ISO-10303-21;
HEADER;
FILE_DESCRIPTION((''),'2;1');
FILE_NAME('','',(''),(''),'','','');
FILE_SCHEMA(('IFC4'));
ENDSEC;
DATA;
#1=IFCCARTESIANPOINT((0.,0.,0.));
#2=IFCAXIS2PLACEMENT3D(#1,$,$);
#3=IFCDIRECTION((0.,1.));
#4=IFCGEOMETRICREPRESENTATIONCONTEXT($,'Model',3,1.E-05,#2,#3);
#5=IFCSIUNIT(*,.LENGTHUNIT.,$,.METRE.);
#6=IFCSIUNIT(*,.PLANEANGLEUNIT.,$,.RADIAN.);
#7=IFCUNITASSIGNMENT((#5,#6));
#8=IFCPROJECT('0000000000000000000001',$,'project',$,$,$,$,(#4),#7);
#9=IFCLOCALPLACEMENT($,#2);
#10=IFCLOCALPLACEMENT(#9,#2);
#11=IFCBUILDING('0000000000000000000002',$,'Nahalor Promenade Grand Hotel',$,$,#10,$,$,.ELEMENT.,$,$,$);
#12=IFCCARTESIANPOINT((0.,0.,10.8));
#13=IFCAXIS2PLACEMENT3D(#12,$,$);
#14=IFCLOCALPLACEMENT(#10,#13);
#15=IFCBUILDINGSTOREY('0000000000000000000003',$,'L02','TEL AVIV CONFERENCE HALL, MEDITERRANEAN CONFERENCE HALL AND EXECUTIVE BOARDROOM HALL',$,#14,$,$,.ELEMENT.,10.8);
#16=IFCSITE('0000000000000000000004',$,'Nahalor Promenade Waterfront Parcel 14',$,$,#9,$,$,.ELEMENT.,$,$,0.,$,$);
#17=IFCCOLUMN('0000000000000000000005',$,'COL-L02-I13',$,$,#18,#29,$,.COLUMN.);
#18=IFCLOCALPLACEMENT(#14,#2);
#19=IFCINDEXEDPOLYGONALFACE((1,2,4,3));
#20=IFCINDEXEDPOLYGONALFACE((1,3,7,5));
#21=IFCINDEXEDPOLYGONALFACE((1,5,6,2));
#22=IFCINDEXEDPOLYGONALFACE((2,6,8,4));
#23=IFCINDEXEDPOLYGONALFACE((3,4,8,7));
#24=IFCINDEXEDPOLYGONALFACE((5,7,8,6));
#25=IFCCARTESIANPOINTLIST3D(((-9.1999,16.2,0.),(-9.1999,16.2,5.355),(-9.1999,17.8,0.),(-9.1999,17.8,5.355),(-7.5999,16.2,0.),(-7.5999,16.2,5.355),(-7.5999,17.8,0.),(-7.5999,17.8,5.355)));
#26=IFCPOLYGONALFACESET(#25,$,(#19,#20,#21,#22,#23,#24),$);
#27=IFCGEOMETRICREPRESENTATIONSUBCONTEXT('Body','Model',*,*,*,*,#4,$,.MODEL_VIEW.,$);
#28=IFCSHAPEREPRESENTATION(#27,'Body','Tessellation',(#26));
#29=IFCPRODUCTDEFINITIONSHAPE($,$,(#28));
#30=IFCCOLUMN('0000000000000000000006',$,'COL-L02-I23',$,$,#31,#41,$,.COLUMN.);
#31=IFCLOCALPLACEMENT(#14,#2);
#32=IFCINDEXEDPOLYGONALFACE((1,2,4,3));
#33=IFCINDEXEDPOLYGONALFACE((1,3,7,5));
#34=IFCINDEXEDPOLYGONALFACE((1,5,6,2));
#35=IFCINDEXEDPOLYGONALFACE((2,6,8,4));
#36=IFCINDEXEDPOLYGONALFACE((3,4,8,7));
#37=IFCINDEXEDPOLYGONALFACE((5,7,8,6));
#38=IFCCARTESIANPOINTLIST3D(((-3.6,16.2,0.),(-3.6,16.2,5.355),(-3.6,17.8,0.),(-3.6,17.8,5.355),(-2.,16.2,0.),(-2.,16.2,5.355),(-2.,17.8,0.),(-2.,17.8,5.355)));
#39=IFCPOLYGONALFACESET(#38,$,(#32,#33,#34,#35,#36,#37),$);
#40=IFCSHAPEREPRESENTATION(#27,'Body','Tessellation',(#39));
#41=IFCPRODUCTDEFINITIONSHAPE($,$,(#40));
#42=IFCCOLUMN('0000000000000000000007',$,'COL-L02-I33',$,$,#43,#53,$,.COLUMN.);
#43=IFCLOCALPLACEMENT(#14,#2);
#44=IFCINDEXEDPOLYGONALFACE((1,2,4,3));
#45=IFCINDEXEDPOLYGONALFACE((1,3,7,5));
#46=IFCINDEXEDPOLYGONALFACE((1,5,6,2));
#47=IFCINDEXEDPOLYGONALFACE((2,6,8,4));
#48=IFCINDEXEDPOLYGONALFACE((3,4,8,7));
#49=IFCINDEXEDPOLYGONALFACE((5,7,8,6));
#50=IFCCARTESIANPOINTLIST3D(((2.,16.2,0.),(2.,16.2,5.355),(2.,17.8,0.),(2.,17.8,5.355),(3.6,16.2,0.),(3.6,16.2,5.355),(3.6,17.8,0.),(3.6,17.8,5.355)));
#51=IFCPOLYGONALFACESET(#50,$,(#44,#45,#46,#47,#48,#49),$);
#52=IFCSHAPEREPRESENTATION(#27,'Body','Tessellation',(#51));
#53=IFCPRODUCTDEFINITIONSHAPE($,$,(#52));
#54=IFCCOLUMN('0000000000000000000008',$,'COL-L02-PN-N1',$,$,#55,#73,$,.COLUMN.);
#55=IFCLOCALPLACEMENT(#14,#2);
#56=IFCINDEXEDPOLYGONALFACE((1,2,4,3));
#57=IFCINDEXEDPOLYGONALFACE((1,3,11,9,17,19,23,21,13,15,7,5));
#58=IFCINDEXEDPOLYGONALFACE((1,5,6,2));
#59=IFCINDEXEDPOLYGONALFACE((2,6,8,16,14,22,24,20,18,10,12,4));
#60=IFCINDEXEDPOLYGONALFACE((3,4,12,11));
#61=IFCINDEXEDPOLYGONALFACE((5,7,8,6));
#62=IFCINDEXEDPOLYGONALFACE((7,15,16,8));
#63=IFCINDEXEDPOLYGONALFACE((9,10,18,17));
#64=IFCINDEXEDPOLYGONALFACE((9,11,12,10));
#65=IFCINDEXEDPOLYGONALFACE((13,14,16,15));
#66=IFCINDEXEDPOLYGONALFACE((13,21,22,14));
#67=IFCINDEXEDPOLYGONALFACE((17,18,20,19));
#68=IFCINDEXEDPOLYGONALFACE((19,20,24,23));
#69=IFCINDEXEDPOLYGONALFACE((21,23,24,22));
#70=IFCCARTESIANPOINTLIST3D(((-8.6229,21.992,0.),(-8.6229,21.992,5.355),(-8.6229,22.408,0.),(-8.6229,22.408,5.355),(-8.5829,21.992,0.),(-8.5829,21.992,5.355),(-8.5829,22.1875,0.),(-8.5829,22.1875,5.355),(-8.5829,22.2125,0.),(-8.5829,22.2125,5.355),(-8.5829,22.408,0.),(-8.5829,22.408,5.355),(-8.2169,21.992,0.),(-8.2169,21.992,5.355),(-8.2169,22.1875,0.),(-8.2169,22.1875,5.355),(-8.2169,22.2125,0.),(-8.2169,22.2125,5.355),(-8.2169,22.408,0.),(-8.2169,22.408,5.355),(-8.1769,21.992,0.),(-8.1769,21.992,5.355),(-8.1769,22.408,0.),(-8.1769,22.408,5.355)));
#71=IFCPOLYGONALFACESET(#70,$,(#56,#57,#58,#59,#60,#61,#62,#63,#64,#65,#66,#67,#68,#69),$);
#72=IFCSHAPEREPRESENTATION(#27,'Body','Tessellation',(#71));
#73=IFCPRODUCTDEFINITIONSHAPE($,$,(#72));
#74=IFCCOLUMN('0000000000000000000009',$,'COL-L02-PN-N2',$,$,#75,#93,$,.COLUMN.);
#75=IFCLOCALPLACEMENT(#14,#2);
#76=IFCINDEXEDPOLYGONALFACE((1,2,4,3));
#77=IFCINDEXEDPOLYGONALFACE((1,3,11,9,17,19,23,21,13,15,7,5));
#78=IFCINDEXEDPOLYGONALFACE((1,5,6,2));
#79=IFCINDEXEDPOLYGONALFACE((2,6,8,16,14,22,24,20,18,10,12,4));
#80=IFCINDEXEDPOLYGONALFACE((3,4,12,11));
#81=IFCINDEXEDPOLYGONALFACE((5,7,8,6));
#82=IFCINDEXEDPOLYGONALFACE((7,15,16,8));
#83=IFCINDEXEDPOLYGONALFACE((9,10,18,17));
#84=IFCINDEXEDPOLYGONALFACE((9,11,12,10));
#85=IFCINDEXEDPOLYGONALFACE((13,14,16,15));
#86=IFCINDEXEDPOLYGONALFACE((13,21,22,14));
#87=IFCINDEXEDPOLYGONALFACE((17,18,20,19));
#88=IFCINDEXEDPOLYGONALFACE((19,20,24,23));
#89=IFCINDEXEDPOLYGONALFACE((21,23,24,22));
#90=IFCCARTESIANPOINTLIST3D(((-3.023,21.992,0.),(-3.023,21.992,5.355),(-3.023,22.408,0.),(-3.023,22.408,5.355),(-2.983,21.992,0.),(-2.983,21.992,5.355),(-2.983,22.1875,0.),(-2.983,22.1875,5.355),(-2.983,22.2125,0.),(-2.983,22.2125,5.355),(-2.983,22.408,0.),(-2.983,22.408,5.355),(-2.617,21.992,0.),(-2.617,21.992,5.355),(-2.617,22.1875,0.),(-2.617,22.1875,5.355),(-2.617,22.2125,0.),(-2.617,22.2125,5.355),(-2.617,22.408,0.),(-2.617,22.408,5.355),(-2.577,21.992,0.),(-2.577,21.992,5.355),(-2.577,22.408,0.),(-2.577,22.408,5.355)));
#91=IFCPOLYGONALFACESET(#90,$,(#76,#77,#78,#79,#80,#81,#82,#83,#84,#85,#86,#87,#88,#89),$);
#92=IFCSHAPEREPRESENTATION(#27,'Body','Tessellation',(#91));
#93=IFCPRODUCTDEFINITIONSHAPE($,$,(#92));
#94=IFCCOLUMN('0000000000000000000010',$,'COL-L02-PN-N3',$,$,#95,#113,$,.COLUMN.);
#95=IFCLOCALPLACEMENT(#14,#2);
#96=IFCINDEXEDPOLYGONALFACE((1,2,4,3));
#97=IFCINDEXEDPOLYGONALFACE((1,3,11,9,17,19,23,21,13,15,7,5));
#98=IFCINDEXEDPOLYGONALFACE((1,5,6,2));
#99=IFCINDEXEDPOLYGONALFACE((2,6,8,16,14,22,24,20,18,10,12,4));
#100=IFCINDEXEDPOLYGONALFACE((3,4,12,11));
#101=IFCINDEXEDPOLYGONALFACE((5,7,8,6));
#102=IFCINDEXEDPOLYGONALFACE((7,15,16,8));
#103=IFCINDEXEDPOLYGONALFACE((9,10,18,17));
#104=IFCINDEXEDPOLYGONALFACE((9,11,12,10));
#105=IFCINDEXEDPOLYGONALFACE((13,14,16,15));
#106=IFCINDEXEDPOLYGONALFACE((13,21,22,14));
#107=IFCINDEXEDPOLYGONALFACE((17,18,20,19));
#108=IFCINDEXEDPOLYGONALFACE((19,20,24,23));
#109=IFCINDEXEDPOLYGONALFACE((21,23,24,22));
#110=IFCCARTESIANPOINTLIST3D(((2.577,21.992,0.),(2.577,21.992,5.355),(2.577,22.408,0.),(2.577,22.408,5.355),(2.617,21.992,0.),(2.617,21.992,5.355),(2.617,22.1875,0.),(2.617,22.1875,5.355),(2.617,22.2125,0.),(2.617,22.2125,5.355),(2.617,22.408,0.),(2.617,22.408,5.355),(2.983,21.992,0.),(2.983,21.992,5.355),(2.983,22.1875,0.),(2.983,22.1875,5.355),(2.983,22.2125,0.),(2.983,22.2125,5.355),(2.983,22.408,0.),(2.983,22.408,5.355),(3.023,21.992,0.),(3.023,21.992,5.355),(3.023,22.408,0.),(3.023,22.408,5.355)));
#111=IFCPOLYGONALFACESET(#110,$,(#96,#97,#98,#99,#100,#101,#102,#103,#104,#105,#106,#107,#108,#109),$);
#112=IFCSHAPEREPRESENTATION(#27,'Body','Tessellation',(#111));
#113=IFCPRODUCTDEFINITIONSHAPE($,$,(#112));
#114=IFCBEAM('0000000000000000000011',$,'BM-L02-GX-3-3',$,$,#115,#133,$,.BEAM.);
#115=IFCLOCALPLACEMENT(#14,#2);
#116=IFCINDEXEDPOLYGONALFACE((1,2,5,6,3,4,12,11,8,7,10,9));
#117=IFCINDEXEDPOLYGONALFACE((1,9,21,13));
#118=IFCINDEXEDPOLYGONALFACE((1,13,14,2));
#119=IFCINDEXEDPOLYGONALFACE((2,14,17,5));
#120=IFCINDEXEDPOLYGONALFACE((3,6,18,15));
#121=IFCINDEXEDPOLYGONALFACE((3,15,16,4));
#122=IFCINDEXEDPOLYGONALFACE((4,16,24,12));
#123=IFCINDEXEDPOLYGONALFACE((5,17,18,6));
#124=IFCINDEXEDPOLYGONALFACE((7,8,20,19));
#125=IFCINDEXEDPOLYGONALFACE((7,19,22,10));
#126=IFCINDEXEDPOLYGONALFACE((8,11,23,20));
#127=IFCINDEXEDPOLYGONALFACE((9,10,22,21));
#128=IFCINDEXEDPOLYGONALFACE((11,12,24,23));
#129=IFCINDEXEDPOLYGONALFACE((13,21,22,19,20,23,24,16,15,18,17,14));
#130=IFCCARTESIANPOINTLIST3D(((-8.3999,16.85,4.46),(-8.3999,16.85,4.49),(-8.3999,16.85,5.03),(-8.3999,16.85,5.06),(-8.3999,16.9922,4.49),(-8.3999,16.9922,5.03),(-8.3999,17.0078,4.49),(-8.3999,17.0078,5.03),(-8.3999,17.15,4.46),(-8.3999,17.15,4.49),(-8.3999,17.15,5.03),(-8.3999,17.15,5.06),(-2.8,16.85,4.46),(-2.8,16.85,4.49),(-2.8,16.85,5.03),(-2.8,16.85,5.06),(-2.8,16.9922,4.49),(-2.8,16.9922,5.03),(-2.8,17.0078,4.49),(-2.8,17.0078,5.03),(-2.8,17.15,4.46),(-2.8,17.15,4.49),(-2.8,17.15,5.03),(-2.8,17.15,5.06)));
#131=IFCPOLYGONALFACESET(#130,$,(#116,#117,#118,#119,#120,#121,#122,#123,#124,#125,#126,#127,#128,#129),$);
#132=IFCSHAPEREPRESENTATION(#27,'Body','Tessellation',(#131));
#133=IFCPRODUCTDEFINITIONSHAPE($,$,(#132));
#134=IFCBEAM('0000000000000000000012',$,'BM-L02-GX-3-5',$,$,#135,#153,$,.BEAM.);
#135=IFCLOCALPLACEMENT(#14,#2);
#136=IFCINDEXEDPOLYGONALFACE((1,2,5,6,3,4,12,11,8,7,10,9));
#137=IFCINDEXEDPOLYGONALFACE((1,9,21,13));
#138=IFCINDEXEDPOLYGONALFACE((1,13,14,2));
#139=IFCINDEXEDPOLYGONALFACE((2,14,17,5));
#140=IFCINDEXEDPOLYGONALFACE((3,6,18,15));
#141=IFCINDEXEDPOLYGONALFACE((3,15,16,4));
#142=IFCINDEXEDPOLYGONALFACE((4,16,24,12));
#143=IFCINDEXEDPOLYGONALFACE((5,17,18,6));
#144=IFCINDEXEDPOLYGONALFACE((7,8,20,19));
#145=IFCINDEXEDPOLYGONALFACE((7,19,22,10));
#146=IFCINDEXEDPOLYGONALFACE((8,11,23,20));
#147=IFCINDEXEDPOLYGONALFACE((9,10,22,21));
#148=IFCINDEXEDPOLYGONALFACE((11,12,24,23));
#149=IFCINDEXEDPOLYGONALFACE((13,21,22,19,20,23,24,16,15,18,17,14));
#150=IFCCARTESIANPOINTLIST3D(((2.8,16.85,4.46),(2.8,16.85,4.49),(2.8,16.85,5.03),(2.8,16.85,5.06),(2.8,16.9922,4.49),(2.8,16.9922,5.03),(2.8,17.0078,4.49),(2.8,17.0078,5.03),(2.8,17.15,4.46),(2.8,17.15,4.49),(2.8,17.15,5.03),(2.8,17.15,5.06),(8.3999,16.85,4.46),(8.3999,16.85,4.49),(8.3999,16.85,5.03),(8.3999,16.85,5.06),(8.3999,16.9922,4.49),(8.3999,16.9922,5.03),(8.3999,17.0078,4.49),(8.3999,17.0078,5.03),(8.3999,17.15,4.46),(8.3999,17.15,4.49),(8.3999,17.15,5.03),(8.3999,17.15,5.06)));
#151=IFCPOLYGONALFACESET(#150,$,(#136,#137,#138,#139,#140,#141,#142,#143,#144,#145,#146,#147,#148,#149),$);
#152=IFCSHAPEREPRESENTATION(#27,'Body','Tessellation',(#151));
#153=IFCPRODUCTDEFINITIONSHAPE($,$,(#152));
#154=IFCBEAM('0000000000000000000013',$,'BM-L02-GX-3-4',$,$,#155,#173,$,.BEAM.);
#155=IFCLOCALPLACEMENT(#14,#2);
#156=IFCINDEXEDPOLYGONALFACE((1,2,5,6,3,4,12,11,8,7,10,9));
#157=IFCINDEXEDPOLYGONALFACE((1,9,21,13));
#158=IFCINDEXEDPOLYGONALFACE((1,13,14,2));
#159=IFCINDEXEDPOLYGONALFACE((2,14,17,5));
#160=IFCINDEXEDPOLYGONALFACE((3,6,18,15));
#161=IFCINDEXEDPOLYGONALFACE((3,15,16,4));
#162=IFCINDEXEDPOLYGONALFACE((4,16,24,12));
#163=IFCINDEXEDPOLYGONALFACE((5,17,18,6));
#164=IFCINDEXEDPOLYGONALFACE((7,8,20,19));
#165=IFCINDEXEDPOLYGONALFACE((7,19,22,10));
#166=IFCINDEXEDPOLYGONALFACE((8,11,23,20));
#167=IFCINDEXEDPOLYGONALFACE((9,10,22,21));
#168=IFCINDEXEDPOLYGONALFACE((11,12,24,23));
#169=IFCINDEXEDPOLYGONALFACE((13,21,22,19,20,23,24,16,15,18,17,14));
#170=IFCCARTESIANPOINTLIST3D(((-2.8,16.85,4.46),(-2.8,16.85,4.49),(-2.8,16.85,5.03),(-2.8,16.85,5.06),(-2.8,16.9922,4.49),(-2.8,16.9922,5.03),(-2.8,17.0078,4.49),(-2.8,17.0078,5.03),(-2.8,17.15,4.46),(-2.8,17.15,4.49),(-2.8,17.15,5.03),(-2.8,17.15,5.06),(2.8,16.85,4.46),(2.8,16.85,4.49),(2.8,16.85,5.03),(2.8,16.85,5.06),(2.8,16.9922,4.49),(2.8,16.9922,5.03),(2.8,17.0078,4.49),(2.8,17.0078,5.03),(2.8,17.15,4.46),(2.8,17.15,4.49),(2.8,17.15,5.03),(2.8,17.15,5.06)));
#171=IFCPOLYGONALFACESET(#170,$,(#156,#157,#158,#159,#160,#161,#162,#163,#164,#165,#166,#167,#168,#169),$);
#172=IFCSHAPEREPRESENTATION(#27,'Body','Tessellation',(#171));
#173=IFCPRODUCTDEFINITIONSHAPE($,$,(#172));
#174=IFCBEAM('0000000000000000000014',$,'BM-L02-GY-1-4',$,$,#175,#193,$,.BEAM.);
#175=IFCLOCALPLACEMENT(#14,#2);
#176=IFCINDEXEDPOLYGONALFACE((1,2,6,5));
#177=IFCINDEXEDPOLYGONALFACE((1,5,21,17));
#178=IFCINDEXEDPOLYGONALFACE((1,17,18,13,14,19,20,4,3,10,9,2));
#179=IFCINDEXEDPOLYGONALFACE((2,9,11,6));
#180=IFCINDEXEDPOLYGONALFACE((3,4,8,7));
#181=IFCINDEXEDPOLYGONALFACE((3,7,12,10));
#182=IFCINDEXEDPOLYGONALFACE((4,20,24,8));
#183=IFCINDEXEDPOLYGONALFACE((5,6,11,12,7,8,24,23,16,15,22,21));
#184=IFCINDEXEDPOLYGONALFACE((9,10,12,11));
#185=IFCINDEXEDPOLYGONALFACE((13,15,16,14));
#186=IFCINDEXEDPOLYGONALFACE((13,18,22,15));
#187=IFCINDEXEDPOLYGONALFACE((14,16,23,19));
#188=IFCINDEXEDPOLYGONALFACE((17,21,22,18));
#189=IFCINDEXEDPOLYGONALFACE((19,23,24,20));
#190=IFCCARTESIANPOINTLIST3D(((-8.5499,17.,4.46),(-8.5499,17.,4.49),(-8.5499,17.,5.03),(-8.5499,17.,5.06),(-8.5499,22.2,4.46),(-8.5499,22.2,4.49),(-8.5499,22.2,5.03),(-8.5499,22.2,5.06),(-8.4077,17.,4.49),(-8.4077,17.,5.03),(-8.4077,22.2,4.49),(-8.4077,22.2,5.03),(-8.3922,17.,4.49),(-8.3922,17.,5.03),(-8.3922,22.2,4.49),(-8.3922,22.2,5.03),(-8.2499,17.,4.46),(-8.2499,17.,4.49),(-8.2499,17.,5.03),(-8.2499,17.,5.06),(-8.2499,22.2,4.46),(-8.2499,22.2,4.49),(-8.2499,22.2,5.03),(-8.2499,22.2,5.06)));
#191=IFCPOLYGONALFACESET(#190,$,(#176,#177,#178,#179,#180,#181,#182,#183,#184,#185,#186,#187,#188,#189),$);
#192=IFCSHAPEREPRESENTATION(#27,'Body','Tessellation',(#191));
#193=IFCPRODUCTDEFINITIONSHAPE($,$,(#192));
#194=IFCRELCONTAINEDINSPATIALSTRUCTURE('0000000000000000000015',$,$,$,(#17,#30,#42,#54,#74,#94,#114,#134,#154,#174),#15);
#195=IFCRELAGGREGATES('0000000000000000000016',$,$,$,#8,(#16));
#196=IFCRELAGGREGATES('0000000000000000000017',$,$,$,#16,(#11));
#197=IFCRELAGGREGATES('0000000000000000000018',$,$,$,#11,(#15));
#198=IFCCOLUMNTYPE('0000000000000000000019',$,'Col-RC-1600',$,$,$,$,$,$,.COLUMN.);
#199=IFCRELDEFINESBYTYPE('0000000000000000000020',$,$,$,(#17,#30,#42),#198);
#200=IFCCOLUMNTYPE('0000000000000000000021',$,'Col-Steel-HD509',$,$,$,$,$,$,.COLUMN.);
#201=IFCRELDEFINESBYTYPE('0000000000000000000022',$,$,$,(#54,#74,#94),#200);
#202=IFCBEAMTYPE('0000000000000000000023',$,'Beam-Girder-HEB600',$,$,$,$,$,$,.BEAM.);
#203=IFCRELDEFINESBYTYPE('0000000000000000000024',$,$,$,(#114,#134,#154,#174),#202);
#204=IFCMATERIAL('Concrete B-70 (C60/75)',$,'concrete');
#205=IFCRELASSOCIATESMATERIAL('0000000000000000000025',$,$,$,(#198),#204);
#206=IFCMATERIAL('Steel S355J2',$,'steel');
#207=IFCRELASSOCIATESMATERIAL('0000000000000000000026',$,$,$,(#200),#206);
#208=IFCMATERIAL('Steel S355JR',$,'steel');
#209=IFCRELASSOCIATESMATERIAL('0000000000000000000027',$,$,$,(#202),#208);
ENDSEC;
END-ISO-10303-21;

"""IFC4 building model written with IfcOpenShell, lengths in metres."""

from ifc_helpers import new_model, si_unit, direction, frame, origin, origin_2d, place, context, subcontext, project, spatial, rectangle, i_section, extrude, source, transform, mapped, material, material_profile, profile_set, type_object, element, save


model = new_model("IFC4")

# Units and contexts
model_context = context("Model", 3, precision=1e-05, world=origin(), true_north=direction((0.0, 1.0)))
body_context = subcontext(model_context, "Body", "Model", "MODEL_VIEW")
ifc_project = project(units=[si_unit("LENGTHUNIT", "METRE"), si_unit("PLANEANGLEUNIT", "RADIAN")], contexts=[model_context])

# Site, building, storey
site_placement = place(None, origin())
site = spatial("IfcSite", under=ifc_project, at=site_placement, Name="Nahalor Promenade Waterfront Parcel 14", CompositionType="ELEMENT", RefElevation=0.0)
building_placement = place(site_placement, origin())
building = spatial("IfcBuilding", under=site, at=building_placement, Name="Nahalor Promenade Grand Hotel", CompositionType="ELEMENT")
storey_placement = place(building_placement, frame((0.0, 0.0, 10.8)))
storey = spatial("IfcBuildingStorey", under=building, at=storey_placement, Name="L02", Description="TEL AVIV CONFERENCE HALL, MEDITERRANEAN CONFERENCE HALL AND EXECUTIVE BOARDROOM HALL", CompositionType="ELEMENT", Elevation=10.8)

# Columns
ifc_material_1 = material(Name="Concrete B-70 (C60/75)", Category="concrete")
ifc_material_profile_1 = material_profile(ifc_material_1, rectangle(XDim=1.6, YDim=1.6, at=origin_2d()), Name="RC 1600x1600")
ifc_profile_set_1 = profile_set([ifc_material_profile_1], Name="Concrete B-70 (C60/75)")
column_type_1 = type_object("IfcColumnType", Name="Col-RC-1600", PredefinedType="COLUMN", material=ifc_profile_set_1)
shared_shape_1 = source(origin(), body_context, "Body", "SweptSolid", [
    extrude(rectangle(XDim=1.6, YDim=1.6, at=origin_2d()), origin(), (0.0, 0.0, 1.0), 5.355),
])
for number, where, z_axis, x_axis, name in (
    (1, (-8.3999, 17.0, 0.0), (0.0, 0.0, 1.0), (1.0, 0.0, 0.0), "COL-L02-I13"),
    (2, (-2.8, 17.0, 0.0), (0.0, 0.0, 1.0), (1.0, 0.0, 0.0), "COL-L02-I23"),
    (3, (2.8, 17.0, 0.0), (0.0, 0.0, 1.0), (1.0, 0.0, 0.0), "COL-L02-I33"),
):
    element("IfcColumn", number, at=place(storey_placement, frame(where, z_axis=z_axis, x_axis=x_axis)), inside=storey, type_object=column_type_1, Name=name, PredefinedType="COLUMN", context=body_context, shape_type="MappedRepresentation", body=[
        mapped(shared_shape_1, transform((0.0, 0.0, 0.0), scale=1.0)),
    ])
ifc_material_2 = material(Name="Steel S355J2", Category="steel")
ifc_material_profile_2 = material_profile(ifc_material_2, i_section(OverallWidth=0.416, OverallDepth=0.446, WebThickness=0.025, FlangeThickness=0.04, at=origin_2d()), Name="HD 400x509")
ifc_profile_set_2 = profile_set([ifc_material_profile_2], Name="Steel S355J2")
column_type_2 = type_object("IfcColumnType", Name="Col-Steel-HD509", PredefinedType="COLUMN", material=ifc_profile_set_2)
shared_shape_2 = source(origin(), body_context, "Body", "SweptSolid", [
    extrude(i_section(OverallWidth=0.416, OverallDepth=0.446, WebThickness=0.025, FlangeThickness=0.04, at=origin_2d()), origin(), (0.0, 0.0, 1.0), 5.355),
])
for number, where, z_axis, x_axis, name in (
    (4, (-8.3999, 22.2, 0.0), (0.0, 0.0, 1.0), (0.0, 1.0, 0.0), "COL-L02-PN-N1"),
    (5, (-2.8, 22.2, 0.0), (0.0, 0.0, 1.0), (0.0, 1.0, 0.0), "COL-L02-PN-N2"),
    (6, (2.8, 22.2, 0.0), (0.0, 0.0, 1.0), (0.0, 1.0, 0.0), "COL-L02-PN-N3"),
):
    element("IfcColumn", number, at=place(storey_placement, frame(where, z_axis=z_axis, x_axis=x_axis)), inside=storey, type_object=column_type_2, Name=name, PredefinedType="COLUMN", context=body_context, shape_type="MappedRepresentation", body=[
        mapped(shared_shape_2, transform((0.0, 0.0, 0.0), scale=1.0)),
    ])

# Beams
ifc_material_3 = material(Name="Steel S355JR", Category="steel")
ifc_material_profile_3 = material_profile(ifc_material_3, i_section(OverallWidth=0.3, OverallDepth=0.6, WebThickness=0.0155, FlangeThickness=0.03, at=origin_2d()), Name="HEB 600")
ifc_profile_set_3 = profile_set([ifc_material_profile_3], Name="Steel S355JR")
beam_type_1 = type_object("IfcBeamType", Name="Beam-Girder-HEB600", PredefinedType="BEAM", material=ifc_profile_set_3)
shared_shape_3 = source(origin(), body_context, "Body", "SweptSolid", [
    extrude(i_section(OverallWidth=0.3, OverallDepth=0.6, WebThickness=0.0155, FlangeThickness=0.03, at=origin_2d()), origin(), (0.0, 0.0, 1.0), 5.5999),
])
for number, where, z_axis, x_axis, name in (
    (7, (-8.3999, 17.0, 4.76), (1.0, 0.0, 0.0), (0.0, 1.0, 0.0), "BM-L02-GX-3-3"),
    (8, (2.8, 17.0, 4.76), (1.0, 0.0, 0.0), (0.0, 1.0, 0.0), "BM-L02-GX-3-5"),
):
    element("IfcBeam", number, at=place(storey_placement, frame(where, z_axis=z_axis, x_axis=x_axis)), inside=storey, type_object=beam_type_1, Name=name, PredefinedType="BEAM", context=body_context, shape_type="MappedRepresentation", body=[
        mapped(shared_shape_3, transform((0.0, 0.0, 0.0), scale=1.0)),
    ])
shared_shape_4 = source(origin(), body_context, "Body", "SweptSolid", [
    extrude(i_section(OverallWidth=0.3, OverallDepth=0.6, WebThickness=0.0155, FlangeThickness=0.03, at=origin_2d()), origin(), (0.0, 0.0, 1.0), 5.6001),
])
beam_1_placement = place(storey_placement, frame((-2.8, 17.0, 4.76), z_axis=(1.0, 0.0, 0.0), x_axis=(0.0, 1.0, 0.0)))
element("IfcBeam", 9, at=beam_1_placement, inside=storey, type_object=beam_type_1, Name="BM-L02-GX-3-4", PredefinedType="BEAM", context=body_context, shape_type="MappedRepresentation", body=[
    mapped(shared_shape_4, transform((0.0, 0.0, 0.0), scale=1.0)),
])
shared_shape_5 = source(origin(), body_context, "Body", "SweptSolid", [
    extrude(i_section(OverallWidth=0.3, OverallDepth=0.6, WebThickness=0.0155, FlangeThickness=0.03, at=origin_2d()), origin(), (0.0, 0.0, 1.0), 5.2),
])
for number, where, z_axis, x_axis, name in (
    (10, (-8.3999, 17.0, 4.76), (0.0, 1.0, 0.0), (-1.0, 0.0, 0.0), "BM-L02-GY-1-4"),
):
    element("IfcBeam", number, at=place(storey_placement, frame(where, z_axis=z_axis, x_axis=x_axis)), inside=storey, type_object=beam_type_1, Name=name, PredefinedType="BEAM", context=body_context, shape_type="MappedRepresentation", body=[
        mapped(shared_shape_5, transform((0.0, 0.0, 0.0), scale=1.0)),
    ])

save(model, "model.ifc")
